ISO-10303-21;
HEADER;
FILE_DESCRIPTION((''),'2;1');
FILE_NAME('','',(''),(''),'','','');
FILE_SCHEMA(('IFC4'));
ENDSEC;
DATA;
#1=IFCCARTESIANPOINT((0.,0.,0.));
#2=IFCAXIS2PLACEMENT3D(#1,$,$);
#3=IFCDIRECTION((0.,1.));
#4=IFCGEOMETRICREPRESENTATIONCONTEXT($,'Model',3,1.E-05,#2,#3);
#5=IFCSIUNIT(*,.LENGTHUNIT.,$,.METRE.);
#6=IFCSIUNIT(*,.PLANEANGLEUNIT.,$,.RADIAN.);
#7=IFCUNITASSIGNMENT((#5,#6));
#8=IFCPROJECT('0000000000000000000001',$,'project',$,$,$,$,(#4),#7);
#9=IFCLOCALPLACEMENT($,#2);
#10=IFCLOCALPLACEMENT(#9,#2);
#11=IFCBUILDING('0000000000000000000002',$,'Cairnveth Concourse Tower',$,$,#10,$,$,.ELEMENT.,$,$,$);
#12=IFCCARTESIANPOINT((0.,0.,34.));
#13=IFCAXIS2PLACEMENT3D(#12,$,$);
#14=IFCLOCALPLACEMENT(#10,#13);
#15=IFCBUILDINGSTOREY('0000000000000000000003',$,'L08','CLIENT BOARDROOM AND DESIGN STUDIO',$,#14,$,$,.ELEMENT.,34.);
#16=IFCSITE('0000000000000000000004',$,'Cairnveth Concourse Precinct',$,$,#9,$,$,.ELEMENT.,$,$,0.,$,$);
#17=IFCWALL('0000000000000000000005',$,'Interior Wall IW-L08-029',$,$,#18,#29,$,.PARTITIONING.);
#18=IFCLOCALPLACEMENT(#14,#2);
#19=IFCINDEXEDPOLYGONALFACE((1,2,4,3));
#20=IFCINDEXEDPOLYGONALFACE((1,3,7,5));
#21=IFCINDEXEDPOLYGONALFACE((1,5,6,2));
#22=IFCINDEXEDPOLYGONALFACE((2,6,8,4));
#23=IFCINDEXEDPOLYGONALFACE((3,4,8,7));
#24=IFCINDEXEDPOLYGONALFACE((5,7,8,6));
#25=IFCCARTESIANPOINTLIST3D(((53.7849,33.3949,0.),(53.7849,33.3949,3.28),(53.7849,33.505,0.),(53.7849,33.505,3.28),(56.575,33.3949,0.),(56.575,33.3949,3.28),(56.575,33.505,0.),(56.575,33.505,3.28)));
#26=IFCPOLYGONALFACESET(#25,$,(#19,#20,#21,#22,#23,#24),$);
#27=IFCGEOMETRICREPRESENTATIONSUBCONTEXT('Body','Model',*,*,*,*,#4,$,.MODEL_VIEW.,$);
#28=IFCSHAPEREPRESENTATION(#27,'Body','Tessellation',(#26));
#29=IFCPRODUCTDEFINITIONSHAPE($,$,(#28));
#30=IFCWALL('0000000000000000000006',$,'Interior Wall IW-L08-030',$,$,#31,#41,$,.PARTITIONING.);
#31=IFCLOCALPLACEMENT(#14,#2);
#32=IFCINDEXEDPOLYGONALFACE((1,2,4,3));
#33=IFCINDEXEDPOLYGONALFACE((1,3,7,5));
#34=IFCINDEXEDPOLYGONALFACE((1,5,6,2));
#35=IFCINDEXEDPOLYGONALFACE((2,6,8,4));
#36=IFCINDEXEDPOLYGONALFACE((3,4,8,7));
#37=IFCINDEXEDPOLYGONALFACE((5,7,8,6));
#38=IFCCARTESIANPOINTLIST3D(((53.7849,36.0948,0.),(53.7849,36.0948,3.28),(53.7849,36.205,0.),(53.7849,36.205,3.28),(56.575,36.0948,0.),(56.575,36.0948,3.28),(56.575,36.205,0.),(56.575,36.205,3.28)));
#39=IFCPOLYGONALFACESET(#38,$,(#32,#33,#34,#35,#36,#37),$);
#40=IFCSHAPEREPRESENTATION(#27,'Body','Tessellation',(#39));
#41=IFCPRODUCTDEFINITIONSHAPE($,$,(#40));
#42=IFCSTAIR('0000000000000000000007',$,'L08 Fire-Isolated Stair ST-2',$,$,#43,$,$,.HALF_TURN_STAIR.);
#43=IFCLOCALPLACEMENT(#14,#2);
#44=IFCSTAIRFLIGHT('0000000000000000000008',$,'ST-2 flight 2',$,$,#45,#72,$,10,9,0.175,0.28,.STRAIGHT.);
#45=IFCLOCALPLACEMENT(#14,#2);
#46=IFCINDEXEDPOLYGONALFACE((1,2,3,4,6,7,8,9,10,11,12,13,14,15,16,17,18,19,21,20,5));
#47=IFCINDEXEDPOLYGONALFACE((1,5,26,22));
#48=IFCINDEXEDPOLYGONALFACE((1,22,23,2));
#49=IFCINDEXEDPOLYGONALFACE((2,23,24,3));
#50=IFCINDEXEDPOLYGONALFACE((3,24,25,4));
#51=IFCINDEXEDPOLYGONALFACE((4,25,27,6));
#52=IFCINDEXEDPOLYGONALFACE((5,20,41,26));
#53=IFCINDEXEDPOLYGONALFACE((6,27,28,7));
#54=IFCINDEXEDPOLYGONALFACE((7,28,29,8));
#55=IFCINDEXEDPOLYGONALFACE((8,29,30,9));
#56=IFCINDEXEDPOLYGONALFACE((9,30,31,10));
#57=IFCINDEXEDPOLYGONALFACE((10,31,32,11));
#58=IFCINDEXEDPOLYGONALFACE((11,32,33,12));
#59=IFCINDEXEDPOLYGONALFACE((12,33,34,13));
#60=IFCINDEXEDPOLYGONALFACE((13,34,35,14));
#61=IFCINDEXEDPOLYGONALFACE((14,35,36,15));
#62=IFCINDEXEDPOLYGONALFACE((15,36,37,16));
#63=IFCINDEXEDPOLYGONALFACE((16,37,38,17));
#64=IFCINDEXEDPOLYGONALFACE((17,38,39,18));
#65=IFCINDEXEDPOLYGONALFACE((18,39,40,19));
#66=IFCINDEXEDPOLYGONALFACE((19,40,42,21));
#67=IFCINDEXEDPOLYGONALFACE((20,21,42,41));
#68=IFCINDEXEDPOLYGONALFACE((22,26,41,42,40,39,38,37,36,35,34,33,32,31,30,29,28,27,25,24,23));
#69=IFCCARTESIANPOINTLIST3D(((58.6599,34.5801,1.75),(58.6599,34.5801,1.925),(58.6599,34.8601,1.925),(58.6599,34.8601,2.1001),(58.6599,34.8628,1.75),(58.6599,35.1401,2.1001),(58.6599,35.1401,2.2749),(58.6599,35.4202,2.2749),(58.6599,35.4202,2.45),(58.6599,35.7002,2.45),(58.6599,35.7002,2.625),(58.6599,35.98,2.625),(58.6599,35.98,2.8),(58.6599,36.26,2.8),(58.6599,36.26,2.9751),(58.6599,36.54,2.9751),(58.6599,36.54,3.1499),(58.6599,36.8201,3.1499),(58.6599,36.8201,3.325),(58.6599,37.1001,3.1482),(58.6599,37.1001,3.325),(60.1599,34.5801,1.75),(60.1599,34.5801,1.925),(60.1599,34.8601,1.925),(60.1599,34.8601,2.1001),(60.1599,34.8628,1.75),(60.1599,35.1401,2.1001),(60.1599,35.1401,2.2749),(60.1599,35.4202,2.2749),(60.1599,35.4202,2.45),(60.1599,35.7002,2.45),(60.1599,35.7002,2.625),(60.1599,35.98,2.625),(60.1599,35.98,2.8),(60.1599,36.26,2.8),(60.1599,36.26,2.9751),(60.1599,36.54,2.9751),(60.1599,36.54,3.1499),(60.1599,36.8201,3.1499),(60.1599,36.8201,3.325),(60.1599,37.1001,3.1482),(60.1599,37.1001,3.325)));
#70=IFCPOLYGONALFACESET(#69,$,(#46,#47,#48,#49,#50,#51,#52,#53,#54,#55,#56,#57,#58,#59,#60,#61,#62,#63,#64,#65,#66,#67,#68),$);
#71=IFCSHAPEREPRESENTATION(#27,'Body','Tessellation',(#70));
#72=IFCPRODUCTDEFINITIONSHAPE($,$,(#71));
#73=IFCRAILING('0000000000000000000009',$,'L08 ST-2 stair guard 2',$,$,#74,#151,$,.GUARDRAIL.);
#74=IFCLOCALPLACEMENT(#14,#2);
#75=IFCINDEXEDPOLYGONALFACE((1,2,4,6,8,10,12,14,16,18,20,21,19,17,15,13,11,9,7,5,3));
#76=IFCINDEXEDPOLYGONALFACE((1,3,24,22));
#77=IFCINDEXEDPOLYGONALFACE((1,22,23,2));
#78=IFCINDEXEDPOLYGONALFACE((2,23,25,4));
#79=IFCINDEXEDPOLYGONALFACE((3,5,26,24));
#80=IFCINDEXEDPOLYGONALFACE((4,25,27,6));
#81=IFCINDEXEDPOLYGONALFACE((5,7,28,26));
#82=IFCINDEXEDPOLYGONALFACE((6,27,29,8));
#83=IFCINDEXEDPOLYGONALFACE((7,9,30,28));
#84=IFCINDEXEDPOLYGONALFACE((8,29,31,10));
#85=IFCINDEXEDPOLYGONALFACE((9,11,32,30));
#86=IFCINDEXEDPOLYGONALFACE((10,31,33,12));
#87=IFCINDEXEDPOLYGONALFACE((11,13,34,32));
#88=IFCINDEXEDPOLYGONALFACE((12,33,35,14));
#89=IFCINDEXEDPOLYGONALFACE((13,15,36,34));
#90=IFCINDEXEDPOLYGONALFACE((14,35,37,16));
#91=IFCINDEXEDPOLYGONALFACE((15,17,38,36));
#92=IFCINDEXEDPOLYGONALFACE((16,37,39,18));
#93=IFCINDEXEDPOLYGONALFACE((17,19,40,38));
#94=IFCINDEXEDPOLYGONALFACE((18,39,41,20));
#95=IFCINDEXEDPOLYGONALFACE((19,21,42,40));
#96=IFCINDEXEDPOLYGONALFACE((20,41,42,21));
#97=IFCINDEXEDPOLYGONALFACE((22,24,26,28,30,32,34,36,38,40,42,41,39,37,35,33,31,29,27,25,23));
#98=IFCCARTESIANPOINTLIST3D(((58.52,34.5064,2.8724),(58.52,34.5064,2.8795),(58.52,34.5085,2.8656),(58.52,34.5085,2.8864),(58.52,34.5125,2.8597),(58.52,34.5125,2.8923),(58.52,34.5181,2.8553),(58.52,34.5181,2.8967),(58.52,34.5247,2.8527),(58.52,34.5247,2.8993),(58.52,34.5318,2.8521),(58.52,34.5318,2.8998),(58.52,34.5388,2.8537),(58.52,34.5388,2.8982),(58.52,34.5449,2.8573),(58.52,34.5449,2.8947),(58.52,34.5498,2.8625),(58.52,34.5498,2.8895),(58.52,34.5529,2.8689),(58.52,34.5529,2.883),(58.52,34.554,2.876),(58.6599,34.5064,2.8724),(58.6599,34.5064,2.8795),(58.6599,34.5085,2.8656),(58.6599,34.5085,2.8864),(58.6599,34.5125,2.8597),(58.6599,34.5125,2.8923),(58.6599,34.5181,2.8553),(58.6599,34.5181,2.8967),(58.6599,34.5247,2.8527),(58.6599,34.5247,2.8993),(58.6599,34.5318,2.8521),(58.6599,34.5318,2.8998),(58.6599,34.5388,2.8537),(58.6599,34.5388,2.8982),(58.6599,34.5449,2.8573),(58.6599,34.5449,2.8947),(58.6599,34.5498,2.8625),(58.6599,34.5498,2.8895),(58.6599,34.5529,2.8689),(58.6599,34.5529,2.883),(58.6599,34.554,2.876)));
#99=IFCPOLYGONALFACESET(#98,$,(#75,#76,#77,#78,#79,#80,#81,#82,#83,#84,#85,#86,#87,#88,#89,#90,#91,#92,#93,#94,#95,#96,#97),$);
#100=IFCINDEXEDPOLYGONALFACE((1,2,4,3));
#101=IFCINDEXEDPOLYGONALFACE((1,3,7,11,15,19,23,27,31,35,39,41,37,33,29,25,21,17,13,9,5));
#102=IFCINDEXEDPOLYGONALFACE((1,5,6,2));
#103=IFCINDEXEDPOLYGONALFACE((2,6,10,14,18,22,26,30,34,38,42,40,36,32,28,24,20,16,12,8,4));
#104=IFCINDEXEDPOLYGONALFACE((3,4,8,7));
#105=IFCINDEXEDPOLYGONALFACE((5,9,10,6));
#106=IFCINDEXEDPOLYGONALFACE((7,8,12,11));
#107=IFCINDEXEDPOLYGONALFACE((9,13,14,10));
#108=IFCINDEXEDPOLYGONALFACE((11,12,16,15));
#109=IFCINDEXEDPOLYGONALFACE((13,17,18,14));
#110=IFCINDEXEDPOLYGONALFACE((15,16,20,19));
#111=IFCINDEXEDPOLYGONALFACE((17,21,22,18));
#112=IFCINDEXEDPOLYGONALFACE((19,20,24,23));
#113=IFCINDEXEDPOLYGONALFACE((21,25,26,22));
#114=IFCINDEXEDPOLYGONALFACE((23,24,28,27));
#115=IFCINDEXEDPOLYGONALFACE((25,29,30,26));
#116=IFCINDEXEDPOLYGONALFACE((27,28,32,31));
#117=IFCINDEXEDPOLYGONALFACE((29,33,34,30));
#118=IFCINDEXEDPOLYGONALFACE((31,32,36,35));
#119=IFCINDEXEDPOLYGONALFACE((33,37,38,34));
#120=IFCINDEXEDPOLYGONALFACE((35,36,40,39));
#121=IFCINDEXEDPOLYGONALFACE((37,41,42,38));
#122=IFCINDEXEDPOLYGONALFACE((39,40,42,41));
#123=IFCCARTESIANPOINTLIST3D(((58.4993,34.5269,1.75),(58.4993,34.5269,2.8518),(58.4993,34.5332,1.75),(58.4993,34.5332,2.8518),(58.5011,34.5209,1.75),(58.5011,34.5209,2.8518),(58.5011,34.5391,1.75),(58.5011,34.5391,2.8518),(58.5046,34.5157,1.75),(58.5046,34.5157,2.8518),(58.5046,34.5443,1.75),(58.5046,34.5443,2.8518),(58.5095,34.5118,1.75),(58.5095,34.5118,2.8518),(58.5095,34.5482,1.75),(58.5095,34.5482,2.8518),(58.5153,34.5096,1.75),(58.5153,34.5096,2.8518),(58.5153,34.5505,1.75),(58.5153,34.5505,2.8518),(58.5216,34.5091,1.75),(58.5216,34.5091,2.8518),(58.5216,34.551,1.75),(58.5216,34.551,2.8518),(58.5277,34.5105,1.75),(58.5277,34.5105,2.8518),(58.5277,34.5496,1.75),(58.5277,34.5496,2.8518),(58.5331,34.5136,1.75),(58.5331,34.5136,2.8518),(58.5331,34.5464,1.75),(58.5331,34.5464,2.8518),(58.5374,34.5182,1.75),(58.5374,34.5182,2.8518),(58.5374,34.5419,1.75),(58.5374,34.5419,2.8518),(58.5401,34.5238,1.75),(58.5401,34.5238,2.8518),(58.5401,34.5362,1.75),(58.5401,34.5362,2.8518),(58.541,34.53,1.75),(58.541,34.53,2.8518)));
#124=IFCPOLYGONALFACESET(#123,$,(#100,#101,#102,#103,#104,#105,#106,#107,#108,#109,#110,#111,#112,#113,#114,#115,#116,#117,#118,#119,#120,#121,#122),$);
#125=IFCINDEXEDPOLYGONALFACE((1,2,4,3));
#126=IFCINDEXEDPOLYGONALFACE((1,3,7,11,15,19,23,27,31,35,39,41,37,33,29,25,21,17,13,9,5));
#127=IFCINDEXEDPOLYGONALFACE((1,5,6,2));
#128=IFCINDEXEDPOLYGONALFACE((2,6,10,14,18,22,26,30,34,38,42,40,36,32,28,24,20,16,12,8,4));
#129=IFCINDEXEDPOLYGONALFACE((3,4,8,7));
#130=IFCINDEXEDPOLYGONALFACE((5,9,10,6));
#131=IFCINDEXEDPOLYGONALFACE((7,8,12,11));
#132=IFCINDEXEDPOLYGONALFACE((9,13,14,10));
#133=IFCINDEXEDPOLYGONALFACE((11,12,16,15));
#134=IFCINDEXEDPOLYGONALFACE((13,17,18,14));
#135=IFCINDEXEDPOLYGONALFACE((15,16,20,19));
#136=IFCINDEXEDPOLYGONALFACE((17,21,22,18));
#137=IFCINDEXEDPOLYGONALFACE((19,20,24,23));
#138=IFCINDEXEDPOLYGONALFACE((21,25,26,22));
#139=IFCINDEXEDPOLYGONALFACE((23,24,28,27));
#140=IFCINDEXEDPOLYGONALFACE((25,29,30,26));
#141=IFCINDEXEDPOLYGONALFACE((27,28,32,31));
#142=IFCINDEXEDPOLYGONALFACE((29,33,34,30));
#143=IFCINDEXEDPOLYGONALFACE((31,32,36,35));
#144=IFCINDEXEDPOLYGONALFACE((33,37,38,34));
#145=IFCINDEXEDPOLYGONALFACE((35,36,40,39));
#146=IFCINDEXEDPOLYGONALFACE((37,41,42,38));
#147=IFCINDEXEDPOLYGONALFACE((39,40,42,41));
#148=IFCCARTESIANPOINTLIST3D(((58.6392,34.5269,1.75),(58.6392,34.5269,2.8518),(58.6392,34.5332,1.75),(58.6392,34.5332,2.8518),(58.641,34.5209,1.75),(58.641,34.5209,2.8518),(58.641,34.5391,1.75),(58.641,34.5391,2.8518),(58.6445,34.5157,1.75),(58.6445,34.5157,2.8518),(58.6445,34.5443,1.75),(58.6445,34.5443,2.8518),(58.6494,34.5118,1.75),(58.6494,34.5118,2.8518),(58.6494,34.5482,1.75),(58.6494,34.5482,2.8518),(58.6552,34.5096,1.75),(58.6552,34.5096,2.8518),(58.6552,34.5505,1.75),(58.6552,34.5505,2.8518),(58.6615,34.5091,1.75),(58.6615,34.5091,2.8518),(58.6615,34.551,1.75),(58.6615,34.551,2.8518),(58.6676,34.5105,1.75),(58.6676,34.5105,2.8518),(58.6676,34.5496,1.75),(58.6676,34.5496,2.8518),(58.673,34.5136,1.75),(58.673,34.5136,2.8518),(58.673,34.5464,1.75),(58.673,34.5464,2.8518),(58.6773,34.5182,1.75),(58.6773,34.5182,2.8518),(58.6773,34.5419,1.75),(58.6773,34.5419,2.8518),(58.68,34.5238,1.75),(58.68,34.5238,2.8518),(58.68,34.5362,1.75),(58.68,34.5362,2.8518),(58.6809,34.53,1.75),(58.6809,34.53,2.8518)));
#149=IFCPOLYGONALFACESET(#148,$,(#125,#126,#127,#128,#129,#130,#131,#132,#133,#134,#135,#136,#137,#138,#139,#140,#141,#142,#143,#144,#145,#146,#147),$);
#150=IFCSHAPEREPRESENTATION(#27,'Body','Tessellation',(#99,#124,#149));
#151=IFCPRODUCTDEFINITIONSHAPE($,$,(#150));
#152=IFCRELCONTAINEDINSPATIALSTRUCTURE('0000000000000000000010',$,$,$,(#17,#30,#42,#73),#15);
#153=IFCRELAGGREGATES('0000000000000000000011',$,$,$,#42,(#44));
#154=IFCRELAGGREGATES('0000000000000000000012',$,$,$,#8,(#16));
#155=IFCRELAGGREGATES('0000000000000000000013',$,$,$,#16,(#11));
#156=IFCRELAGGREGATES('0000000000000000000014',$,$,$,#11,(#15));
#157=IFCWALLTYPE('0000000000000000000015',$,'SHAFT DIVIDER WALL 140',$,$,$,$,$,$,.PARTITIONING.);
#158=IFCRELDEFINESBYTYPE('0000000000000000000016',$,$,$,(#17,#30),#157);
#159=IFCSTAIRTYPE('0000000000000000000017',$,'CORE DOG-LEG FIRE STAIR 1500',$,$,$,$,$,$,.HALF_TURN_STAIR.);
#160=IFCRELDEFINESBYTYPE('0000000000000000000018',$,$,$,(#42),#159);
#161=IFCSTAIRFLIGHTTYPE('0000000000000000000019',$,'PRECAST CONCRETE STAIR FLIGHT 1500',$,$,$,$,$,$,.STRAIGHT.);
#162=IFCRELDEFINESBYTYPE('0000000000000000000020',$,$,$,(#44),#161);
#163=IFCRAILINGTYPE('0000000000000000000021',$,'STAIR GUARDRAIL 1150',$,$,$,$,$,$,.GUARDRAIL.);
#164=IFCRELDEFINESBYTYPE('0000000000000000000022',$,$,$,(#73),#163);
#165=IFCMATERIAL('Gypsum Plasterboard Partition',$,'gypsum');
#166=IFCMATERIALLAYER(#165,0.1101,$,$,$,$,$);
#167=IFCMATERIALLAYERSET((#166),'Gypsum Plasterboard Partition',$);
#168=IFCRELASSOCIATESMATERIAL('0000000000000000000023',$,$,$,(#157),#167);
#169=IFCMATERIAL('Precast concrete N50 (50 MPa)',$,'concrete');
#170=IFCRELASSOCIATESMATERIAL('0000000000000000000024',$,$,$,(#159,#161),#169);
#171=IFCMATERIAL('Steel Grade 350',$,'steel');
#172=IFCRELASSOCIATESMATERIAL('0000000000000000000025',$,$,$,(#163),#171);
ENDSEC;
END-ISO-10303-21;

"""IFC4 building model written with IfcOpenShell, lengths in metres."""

from ifc_helpers import new_model, si_unit, direction, frame, frame_2d, origin, origin_2d, place, context, subcontext, project, spatial, polyline, rectangle, circle, outline, extrude, material, layer, layer_set, type_object, element, aggregate, save


model = new_model("IFC4")

# Units and contexts
model_context = context("Model", 3, precision=1e-05, world=origin(), true_north=direction((0.0, 1.0)))
body_context = subcontext(model_context, "Body", "Model", "MODEL_VIEW")
ifc_project = project(units=[si_unit("LENGTHUNIT", "METRE"), si_unit("PLANEANGLEUNIT", "RADIAN")], contexts=[model_context])

# Site, building, storey
site_placement = place(None, origin())
site = spatial("IfcSite", under=ifc_project, at=site_placement, Name="Cairnveth Concourse Precinct", CompositionType="ELEMENT", RefElevation=0.0)
building_placement = place(site_placement, origin())
building = spatial("IfcBuilding", under=site, at=building_placement, Name="Cairnveth Concourse Tower", CompositionType="ELEMENT")
storey_placement = place(building_placement, frame((0.0, 0.0, 34.0)))
storey = spatial("IfcBuildingStorey", under=building, at=storey_placement, Name="L08", Description="CLIENT BOARDROOM AND DESIGN STUDIO", CompositionType="ELEMENT", Elevation=34.0)

# Shared definitions
ifc_material_1 = material(Name="Steel Grade 350", Category="steel")

# Walls
ifc_material_2 = material(Name="Gypsum Plasterboard Partition", Category="gypsum")
ifc_layer_1 = layer(ifc_material_2, 0.1101)
ifc_layer_set_1 = layer_set([ifc_layer_1], Name="Gypsum Plasterboard Partition")
wall_type_1 = type_object("IfcWallType", Name="SHAFT DIVIDER WALL 140", PredefinedType="PARTITIONING", material=ifc_layer_set_1)
for number, where, z_axis, x_axis, name in (
    (1, (53.7849, 33.45, 0.0), (0.0, 0.0, 1.0), (1.0, 0.0, 0.0), "Interior Wall IW-L08-029"),
    (2, (53.7849, 36.1499, 0.0), (0.0, 0.0, 1.0), (1.0, 0.0, 0.0), "Interior Wall IW-L08-030"),
):
    element("IfcWall", number, at=place(storey_placement, frame(where, z_axis=z_axis, x_axis=x_axis)), inside=storey, type_object=wall_type_1, Name=name, PredefinedType="PARTITIONING", context=body_context, shape_type="SweptSolid", body=[
        extrude(rectangle(XDim=2.79, YDim=0.1101, at=frame_2d((1.395, 0.0))), origin(), (0.0, 0.0, 1.0), 3.28),
    ])

# Stair, stair flight
ifc_material_3 = material(Name="Precast concrete N50 (50 MPa)", Category="concrete")
stair_type = type_object("IfcStairType", Name="CORE DOG-LEG FIRE STAIR 1500", PredefinedType="HALF_TURN_STAIR", material=ifc_material_3)
stair_placement = place(storey_placement, origin())
stair = element("IfcStair", 3, at=stair_placement, inside=storey, type_object=stair_type, Name="L08 Fire-Isolated Stair ST-2", PredefinedType="HALF_TURN_STAIR")
stair_flight_type = type_object("IfcStairFlightType", Name="PRECAST CONCRETE STAIR FLIGHT 1500", PredefinedType="STRAIGHT", material=ifc_material_3)
stair_flight_placement = place(storey_placement, frame((59.4099, 34.5801, 1.75), z_axis=(0.0, 0.0, 1.0), x_axis=(0.0, 1.0, 0.0)))
stair_flight = element("IfcStairFlight", 4, at=stair_flight_placement, type_object=stair_flight_type, Name="ST-2 flight 2", NumberOfRisers=10, NumberOfTreads=9, PredefinedType="STRAIGHT", RiserHeight=0.175, TreadLength=0.28, context=body_context, shape_type="SweptSolid", body=[
    extrude(outline(polyline([(0.0, 0.0), (0.0, 0.175), (0.28, 0.175), (0.28, 0.3501), (0.5601, 0.3501), (0.5601, 0.5249), (0.8401, 0.5249), (0.8401, 0.7), (1.1201, 0.7), (1.1201, 0.875), (1.3999, 0.875), (1.3999, 1.05), (1.6799, 1.05), (1.6799, 1.2251), (1.96, 1.2251), (1.96, 1.3999), (2.24, 1.3999), (2.24, 1.575), (2.52, 1.575), (2.52, 1.75), (2.52, 1.3982), (0.2827, 0.0), (0.0, 0.0)])), frame((0.0, 0.75, 0.0), z_axis=(0.0, -1.0, 0.0), x_axis=(1.0, 0.0, 0.0)), (0.0, 0.0, 1.0), 1.5),
])
aggregate(stair, [stair_flight])

# Railing
railing_type_1 = type_object("IfcRailingType", Name="STAIR GUARDRAIL 1150", PredefinedType="GUARDRAIL", material=ifc_material_1)
railing_1_placement = place(storey_placement, frame((58.52, 34.53, 1.75)))
element("IfcRailing", 5, at=railing_1_placement, inside=storey, type_object=railing_type_1, Name="L08 ST-2 stair guard 2", PredefinedType="GUARDRAIL", context=body_context, shape_type="SweptSolid", body=[
    extrude(circle(Radius=0.0239, at=origin_2d()), frame((0.0, 0.0, 1.126), z_axis=(1.0, 0.0, 0.0), x_axis=(0.0, 1.0, 0.0)), (0.0, 0.0, 1.0), 0.1399),
    extrude(circle(Radius=0.021, at=origin_2d()), origin(), (0.0, 0.0, 1.0), 1.1018),
    extrude(circle(Radius=0.021, at=origin_2d()), frame((0.1399, 0.0, 0.0)), (0.0, 0.0, 1.0), 1.1018),
])

save(model, "model.ifc")
